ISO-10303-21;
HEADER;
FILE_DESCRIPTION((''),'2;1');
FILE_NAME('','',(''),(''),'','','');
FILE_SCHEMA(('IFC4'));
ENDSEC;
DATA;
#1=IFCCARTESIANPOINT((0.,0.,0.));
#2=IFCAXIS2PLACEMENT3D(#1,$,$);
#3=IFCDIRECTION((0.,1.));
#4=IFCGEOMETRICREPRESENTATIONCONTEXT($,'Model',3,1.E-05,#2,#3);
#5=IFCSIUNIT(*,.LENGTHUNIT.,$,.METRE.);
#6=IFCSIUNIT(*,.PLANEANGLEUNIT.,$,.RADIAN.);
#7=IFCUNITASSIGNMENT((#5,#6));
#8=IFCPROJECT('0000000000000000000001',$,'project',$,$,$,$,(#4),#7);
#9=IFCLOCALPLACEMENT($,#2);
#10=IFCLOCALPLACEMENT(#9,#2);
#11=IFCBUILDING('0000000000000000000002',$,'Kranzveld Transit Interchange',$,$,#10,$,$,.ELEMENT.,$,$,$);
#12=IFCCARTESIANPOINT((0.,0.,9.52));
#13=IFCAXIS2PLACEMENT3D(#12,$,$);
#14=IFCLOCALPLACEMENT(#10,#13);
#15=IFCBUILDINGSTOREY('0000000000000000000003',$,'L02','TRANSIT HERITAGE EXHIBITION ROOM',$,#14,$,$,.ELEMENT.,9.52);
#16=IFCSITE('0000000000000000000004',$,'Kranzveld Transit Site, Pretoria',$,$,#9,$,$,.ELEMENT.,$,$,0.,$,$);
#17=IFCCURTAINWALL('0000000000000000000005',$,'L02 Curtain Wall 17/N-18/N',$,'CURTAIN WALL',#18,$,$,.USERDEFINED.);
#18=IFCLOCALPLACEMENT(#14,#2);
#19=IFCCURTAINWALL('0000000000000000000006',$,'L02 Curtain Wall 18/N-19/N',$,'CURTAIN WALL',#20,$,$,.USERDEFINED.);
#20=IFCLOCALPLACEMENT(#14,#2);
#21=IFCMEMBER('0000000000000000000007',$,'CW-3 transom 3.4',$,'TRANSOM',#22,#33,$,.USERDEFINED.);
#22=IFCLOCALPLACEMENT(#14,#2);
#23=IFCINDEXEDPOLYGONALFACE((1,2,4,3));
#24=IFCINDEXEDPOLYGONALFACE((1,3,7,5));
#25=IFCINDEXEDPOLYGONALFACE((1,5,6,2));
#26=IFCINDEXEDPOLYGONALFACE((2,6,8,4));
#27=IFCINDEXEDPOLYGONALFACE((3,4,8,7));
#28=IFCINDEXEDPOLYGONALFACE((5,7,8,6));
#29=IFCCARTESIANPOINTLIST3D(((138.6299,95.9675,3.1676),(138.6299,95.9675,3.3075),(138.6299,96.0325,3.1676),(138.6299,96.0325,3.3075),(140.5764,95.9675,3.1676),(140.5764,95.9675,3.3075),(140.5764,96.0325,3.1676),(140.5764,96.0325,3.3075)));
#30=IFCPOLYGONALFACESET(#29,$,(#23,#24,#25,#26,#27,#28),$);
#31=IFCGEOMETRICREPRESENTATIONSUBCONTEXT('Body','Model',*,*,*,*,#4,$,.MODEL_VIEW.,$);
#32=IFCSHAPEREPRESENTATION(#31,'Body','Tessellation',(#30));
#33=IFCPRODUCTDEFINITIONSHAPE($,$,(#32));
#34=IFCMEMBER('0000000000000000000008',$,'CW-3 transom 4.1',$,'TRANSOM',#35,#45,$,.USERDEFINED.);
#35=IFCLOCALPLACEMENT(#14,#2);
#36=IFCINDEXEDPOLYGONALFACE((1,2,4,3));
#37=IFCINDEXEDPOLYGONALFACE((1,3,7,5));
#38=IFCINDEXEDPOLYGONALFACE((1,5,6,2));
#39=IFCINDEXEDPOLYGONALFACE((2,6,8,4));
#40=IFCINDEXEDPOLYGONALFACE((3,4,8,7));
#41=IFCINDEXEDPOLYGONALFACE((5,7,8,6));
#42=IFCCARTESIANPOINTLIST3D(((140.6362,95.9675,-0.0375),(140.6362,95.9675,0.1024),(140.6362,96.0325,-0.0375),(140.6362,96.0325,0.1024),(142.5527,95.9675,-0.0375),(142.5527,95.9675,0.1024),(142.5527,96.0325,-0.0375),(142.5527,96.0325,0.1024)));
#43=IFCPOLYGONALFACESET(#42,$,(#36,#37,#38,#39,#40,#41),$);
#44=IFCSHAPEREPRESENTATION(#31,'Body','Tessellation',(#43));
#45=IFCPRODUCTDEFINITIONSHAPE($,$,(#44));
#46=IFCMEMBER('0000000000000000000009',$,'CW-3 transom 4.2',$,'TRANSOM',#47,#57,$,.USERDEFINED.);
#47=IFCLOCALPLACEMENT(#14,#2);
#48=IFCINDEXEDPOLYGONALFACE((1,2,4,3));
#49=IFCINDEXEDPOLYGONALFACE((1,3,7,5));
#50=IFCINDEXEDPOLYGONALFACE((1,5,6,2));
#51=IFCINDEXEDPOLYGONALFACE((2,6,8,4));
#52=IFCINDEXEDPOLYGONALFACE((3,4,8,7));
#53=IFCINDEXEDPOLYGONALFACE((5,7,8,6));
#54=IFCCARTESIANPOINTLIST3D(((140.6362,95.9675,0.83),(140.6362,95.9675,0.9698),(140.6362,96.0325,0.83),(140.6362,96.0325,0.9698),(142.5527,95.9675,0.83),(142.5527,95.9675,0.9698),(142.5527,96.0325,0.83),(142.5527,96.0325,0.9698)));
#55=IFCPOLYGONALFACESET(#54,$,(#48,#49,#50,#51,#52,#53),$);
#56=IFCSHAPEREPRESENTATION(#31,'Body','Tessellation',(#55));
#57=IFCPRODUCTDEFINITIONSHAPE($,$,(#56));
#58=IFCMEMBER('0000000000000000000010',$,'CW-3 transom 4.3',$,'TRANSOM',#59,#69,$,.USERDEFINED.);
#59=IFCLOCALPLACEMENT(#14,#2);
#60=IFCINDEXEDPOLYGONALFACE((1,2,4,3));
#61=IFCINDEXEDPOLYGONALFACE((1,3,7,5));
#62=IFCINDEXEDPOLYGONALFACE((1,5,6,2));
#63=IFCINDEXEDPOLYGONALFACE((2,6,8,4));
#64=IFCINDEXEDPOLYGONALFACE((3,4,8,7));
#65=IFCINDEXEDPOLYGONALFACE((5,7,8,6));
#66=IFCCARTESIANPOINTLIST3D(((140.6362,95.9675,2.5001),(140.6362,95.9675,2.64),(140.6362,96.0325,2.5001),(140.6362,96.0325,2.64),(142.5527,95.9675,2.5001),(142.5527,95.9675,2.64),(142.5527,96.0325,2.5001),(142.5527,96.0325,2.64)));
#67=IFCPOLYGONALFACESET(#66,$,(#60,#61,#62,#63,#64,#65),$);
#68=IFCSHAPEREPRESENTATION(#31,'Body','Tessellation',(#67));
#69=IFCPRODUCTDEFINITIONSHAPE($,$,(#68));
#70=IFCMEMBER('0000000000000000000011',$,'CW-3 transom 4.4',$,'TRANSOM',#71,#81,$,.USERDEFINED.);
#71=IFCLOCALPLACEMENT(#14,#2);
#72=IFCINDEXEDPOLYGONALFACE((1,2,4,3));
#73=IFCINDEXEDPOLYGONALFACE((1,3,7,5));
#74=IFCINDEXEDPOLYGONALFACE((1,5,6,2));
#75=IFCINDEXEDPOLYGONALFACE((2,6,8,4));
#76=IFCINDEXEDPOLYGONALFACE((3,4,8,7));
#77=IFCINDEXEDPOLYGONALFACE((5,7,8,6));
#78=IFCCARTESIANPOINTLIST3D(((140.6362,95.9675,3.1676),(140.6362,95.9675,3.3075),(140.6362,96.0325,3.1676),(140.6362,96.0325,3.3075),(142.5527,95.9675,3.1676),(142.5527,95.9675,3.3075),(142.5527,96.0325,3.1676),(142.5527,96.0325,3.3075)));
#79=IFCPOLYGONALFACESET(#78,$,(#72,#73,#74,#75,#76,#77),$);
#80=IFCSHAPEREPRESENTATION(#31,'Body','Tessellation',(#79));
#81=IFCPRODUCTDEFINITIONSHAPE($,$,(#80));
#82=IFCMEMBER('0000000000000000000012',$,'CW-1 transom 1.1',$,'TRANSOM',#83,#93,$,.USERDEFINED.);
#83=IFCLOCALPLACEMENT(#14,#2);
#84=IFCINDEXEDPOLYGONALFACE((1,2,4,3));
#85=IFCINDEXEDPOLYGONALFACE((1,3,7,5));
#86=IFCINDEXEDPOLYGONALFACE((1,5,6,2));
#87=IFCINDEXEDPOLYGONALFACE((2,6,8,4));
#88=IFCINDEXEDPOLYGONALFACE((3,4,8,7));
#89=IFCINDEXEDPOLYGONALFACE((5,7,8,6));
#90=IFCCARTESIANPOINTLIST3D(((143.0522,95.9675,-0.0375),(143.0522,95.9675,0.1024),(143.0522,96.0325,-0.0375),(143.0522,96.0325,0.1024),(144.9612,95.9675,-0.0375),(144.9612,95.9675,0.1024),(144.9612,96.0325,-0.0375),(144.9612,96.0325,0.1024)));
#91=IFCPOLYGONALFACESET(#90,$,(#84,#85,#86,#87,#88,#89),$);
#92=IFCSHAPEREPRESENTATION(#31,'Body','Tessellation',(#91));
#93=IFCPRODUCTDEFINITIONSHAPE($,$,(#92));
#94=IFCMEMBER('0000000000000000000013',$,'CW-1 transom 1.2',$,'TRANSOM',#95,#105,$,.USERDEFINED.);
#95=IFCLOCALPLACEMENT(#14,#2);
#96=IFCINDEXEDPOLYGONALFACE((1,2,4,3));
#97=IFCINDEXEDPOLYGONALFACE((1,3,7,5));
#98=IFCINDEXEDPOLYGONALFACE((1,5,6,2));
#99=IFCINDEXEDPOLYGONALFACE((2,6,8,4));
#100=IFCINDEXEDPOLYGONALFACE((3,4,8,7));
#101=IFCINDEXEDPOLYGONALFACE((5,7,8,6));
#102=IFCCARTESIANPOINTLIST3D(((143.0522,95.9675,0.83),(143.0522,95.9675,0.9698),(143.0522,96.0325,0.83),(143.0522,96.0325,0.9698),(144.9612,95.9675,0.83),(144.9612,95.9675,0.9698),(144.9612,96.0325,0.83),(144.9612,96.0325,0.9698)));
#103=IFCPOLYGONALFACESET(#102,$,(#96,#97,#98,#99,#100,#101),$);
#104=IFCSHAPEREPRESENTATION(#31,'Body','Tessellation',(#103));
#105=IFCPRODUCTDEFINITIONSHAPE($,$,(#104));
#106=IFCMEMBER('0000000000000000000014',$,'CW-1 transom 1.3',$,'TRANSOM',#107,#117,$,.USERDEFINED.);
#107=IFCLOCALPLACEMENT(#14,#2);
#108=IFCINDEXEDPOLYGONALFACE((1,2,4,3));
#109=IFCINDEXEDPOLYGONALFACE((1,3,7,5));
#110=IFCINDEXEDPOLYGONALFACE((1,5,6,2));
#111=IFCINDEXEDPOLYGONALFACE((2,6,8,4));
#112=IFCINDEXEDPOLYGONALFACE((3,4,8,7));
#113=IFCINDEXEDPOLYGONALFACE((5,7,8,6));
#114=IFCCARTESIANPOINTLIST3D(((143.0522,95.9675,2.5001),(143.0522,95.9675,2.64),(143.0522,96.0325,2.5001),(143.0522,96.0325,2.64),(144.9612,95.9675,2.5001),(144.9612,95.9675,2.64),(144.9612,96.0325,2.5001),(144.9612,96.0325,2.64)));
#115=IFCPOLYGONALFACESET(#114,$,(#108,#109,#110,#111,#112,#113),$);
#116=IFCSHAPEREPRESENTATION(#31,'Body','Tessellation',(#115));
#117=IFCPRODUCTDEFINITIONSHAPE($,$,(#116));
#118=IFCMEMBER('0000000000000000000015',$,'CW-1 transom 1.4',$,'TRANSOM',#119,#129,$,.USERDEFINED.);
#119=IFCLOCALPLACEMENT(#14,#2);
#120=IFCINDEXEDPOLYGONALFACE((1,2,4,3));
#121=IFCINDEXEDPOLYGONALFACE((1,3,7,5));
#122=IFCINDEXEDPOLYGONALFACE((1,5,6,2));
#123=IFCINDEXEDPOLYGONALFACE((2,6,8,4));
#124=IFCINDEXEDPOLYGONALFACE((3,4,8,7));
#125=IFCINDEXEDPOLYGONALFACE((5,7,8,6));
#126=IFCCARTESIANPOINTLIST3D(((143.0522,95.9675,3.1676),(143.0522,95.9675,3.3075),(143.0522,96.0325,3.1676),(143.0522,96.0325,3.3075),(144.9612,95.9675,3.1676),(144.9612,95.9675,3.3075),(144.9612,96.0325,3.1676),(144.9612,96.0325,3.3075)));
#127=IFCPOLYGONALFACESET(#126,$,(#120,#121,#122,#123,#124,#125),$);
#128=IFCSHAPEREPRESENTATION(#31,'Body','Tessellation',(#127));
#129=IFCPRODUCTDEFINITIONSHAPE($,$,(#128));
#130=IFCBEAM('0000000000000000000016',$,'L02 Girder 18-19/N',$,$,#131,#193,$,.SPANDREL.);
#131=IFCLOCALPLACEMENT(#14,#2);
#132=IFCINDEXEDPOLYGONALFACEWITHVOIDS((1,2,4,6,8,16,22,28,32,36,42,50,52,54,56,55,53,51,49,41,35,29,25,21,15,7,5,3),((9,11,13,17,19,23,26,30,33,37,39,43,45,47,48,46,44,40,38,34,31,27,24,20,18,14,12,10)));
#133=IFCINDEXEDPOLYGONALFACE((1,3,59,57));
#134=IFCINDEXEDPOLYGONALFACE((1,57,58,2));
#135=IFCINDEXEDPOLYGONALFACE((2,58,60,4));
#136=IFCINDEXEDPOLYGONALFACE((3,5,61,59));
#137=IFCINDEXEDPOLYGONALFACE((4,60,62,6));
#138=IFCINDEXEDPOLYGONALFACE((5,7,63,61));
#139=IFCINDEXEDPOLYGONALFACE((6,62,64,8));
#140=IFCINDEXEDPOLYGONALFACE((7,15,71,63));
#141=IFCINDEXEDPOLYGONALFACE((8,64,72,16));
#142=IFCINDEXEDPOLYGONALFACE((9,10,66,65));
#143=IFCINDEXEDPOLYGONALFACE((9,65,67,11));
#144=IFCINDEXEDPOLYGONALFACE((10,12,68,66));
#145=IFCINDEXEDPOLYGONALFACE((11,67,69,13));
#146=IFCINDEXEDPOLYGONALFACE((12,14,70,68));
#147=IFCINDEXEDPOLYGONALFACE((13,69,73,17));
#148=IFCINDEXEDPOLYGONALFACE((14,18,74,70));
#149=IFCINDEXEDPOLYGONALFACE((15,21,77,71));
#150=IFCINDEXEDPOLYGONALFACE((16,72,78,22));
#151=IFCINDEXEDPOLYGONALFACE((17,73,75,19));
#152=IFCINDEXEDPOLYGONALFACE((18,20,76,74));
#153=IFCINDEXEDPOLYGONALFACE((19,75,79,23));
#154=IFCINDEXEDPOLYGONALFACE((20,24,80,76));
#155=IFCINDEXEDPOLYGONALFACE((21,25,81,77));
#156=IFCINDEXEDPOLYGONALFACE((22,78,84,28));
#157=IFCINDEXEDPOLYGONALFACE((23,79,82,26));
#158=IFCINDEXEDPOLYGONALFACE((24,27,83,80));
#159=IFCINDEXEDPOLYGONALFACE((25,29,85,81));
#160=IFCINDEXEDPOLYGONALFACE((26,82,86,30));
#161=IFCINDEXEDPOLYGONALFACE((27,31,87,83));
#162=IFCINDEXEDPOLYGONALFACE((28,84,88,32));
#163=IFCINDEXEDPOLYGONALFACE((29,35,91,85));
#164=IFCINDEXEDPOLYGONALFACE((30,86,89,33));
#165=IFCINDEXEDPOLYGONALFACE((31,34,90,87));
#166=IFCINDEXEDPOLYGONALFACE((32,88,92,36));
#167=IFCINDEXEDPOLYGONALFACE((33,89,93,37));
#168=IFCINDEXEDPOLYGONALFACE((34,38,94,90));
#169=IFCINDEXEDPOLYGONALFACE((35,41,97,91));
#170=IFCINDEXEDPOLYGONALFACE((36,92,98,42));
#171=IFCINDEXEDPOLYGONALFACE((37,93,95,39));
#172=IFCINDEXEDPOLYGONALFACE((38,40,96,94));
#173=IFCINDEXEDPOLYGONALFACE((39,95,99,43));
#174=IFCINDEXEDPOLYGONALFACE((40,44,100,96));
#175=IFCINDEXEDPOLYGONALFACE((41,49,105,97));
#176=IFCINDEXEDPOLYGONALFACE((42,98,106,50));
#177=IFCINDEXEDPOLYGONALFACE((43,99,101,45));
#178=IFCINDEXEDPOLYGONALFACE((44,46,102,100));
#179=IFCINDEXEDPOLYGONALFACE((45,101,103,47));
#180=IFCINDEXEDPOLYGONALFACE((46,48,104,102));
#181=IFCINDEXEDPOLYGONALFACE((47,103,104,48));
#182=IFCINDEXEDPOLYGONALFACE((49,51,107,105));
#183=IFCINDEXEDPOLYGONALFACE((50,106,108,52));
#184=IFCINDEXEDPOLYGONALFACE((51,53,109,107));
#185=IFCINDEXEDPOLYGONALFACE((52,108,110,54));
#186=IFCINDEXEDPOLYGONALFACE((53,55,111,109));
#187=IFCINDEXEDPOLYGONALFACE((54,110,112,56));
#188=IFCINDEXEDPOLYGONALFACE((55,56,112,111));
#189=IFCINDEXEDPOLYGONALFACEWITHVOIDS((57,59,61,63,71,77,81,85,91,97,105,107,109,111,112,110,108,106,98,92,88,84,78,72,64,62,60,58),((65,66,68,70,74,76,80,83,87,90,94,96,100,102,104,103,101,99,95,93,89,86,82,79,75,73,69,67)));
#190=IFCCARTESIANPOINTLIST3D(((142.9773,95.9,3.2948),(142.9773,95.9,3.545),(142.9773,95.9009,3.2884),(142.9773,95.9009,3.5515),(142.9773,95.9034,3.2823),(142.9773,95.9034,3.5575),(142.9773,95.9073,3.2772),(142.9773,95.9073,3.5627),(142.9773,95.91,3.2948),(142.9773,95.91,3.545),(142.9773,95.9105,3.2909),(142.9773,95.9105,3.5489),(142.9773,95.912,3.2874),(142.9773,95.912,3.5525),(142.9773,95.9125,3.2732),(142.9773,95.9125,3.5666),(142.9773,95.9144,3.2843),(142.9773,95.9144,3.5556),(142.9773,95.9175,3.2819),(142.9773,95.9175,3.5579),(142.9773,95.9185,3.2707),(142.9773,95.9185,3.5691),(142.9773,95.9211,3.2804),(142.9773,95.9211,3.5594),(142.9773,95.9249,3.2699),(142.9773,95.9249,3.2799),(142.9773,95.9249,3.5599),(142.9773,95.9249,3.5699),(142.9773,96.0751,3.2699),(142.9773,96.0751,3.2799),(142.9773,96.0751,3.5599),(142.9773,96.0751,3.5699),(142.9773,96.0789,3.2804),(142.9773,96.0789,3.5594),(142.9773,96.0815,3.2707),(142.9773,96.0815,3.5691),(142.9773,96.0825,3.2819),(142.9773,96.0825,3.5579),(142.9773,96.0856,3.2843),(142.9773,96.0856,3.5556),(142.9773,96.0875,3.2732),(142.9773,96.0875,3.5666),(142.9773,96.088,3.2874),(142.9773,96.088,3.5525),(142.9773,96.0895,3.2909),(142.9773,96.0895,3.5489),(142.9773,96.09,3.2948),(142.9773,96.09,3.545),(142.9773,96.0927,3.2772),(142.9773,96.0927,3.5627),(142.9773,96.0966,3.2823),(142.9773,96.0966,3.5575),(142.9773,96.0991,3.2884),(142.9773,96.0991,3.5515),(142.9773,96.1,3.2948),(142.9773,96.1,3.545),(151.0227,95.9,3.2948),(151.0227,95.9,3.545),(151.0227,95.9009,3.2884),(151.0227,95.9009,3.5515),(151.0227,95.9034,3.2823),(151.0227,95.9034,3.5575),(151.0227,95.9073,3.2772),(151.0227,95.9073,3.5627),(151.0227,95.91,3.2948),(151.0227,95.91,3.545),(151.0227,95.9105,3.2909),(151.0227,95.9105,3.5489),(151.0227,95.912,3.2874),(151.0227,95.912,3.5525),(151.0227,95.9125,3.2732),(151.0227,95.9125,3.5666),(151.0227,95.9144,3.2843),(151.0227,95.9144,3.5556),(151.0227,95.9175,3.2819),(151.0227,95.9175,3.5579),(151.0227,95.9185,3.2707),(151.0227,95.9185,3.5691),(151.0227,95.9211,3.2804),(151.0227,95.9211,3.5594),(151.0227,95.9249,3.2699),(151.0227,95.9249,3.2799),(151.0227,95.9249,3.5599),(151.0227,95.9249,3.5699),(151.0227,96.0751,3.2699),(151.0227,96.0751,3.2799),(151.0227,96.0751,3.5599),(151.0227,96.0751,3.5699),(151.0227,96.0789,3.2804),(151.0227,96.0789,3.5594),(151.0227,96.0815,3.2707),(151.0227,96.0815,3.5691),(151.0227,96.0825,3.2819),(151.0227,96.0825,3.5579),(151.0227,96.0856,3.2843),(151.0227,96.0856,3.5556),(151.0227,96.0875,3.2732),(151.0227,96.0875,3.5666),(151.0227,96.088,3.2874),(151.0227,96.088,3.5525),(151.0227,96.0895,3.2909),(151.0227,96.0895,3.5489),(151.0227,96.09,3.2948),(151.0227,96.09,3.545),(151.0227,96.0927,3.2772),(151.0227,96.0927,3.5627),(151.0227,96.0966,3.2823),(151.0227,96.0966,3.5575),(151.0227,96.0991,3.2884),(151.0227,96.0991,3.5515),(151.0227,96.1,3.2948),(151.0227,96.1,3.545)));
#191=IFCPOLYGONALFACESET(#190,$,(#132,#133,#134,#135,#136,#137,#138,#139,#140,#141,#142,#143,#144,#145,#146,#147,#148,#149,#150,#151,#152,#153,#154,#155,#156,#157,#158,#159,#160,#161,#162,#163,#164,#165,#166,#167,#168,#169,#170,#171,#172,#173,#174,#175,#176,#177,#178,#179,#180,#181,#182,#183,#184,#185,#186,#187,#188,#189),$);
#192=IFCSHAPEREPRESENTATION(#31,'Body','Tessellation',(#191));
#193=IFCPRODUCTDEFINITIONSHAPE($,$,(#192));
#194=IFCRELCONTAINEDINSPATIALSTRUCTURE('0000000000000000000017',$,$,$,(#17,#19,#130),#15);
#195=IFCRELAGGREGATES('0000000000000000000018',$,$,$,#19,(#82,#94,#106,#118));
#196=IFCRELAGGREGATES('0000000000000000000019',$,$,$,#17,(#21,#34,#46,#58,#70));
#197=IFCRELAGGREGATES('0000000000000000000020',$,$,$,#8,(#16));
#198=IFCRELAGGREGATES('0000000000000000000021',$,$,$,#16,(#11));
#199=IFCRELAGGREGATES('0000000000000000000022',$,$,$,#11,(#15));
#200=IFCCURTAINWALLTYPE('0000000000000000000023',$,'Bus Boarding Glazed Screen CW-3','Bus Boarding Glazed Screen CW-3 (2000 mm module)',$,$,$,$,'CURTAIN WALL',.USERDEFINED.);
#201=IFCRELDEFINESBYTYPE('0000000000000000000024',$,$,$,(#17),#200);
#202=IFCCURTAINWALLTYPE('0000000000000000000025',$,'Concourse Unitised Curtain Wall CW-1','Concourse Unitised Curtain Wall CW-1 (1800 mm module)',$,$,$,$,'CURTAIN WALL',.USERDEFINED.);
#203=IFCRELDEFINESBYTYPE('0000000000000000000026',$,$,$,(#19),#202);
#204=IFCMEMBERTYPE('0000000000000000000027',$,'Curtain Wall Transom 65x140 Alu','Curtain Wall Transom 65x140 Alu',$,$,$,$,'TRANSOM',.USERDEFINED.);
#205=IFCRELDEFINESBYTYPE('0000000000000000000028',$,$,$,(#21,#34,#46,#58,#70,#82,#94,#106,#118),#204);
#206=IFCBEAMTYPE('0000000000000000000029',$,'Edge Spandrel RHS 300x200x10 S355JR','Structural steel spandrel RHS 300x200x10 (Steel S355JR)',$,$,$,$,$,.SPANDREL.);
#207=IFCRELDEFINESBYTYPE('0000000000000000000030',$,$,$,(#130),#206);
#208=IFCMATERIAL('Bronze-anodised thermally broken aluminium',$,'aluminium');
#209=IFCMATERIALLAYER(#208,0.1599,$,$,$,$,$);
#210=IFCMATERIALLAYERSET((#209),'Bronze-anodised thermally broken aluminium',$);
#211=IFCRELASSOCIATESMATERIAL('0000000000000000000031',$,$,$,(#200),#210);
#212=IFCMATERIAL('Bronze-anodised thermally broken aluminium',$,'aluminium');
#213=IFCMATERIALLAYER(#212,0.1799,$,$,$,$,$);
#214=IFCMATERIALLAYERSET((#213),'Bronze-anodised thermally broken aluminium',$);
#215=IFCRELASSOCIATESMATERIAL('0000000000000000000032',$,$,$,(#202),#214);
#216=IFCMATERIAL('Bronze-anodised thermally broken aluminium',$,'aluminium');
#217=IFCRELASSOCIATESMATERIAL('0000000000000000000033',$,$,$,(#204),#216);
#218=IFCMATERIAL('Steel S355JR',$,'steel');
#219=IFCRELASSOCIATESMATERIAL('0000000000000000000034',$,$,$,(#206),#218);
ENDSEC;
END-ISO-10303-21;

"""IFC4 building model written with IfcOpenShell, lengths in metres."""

from ifc_helpers import new_model, si_unit, direction, frame, origin, origin_2d, place, context, subcontext, project, spatial, rectangle, hollow_rectangle, extrude, material, layer, layer_set, material_profile, profile_set, type_object, element, aggregate, save


model = new_model("IFC4")

# Units and contexts
model_context = context("Model", 3, precision=1e-05, world=origin(), true_north=direction((0.0, 1.0)))
body_context = subcontext(model_context, "Body", "Model", "MODEL_VIEW")
ifc_project = project(units=[si_unit("LENGTHUNIT", "METRE"), si_unit("PLANEANGLEUNIT", "RADIAN")], contexts=[model_context])

# Site, building, storey
site_placement = place(None, origin())
site = spatial("IfcSite", under=ifc_project, at=site_placement, Name="Kranzveld Transit Site, Pretoria", CompositionType="ELEMENT", RefElevation=0.0)
building_placement = place(site_placement, origin())
building = spatial("IfcBuilding", under=site, at=building_placement, Name="Kranzveld Transit Interchange", CompositionType="ELEMENT")
storey_placement = place(building_placement, frame((0.0, 0.0, 9.52)))
storey = spatial("IfcBuildingStorey", under=building, at=storey_placement, Name="L02", Description="TRANSIT HERITAGE EXHIBITION ROOM", CompositionType="ELEMENT", Elevation=9.52)

# Curtain wall
ifc_material_1 = material(Name="Bronze-anodised thermally broken aluminium", Category="aluminium")
ifc_layer_1 = layer(ifc_material_1, 0.1599)
ifc_layer_set_1 = layer_set([ifc_layer_1], Name="Bronze-anodised thermally broken aluminium")
curtain_wall_type_1 = type_object("IfcCurtainWallType", Name="Bus Boarding Glazed Screen CW-3", Description="Bus Boarding Glazed Screen CW-3 (2000 mm module)", ElementType="CURTAIN WALL", PredefinedType="USERDEFINED", material=ifc_layer_set_1)
curtain_wall_1_placement = place(storey_placement, origin())
curtain_wall_1 = element("IfcCurtainWall", 1, at=curtain_wall_1_placement, inside=storey, type_object=curtain_wall_type_1, Name="L02 Curtain Wall 17/N-18/N", ObjectType="CURTAIN WALL", PredefinedType="USERDEFINED")

# Curtain wall
ifc_material_2 = material(Name="Bronze-anodised thermally broken aluminium", Category="aluminium")
ifc_layer_2 = layer(ifc_material_2, 0.1799)
ifc_layer_set_2 = layer_set([ifc_layer_2], Name="Bronze-anodised thermally broken aluminium")
curtain_wall_type_2 = type_object("IfcCurtainWallType", Name="Concourse Unitised Curtain Wall CW-1", Description="Concourse Unitised Curtain Wall CW-1 (1800 mm module)", ElementType="CURTAIN WALL", PredefinedType="USERDEFINED", material=ifc_layer_set_2)
curtain_wall_2_placement = place(storey_placement, origin())
curtain_wall_2 = element("IfcCurtainWall", 2, at=curtain_wall_2_placement, inside=storey, type_object=curtain_wall_type_2, Name="L02 Curtain Wall 18/N-19/N", ObjectType="CURTAIN WALL", PredefinedType="USERDEFINED")

# Members
ifc_material_3 = material(Name="Bronze-anodised thermally broken aluminium", Category="aluminium")
ifc_material_profile_1 = material_profile(ifc_material_3, rectangle(XDim=0.0649, YDim=0.1399, at=origin_2d()), Name="ALU TRANSOM 65x140")
ifc_profile_set_1 = profile_set([ifc_material_profile_1], Name="Bronze-anodised thermally broken aluminium")
member_type_1 = type_object("IfcMemberType", Name="Curtain Wall Transom 65x140 Alu", Description="Curtain Wall Transom 65x140 Alu", ElementType="TRANSOM", PredefinedType="USERDEFINED", material=ifc_profile_set_1)
member_1_placement = place(storey_placement, frame((138.6299, 96.0, 3.2375), z_axis=(1.0, 0.0, 0.0), x_axis=(0.0, 1.0, 0.0)))
member_1 = element("IfcMember", 3, at=member_1_placement, type_object=member_type_1, Name="CW-3 transom 3.4", ObjectType="TRANSOM", PredefinedType="USERDEFINED", context=body_context, shape_type="SweptSolid", body=[
    extrude(rectangle(XDim=0.0649, YDim=0.1399, at=origin_2d()), origin(), (0.0, 0.0, 1.0), 1.9465),
])
member_2_placement = place(storey_placement, frame((140.6362, 96.0, 0.0325), z_axis=(1.0, 0.0, 0.0), x_axis=(0.0, 1.0, 0.0)))
member_2 = element("IfcMember", 4, at=member_2_placement, type_object=member_type_1, Name="CW-3 transom 4.1", ObjectType="TRANSOM", PredefinedType="USERDEFINED", context=body_context, shape_type="SweptSolid", body=[
    extrude(rectangle(XDim=0.0649, YDim=0.1399, at=origin_2d()), origin(), (0.0, 0.0, 1.0), 1.9165),
])
member_3_placement = place(storey_placement, frame((140.6362, 96.0, 0.8999), z_axis=(1.0, 0.0, 0.0), x_axis=(0.0, 1.0, 0.0)))
member_3 = element("IfcMember", 5, at=member_3_placement, type_object=member_type_1, Name="CW-3 transom 4.2", ObjectType="TRANSOM", PredefinedType="USERDEFINED", context=body_context, shape_type="SweptSolid", body=[
    extrude(rectangle(XDim=0.0649, YDim=0.1399, at=origin_2d()), origin(), (0.0, 0.0, 1.0), 1.9165),
])
member_4_placement = place(storey_placement, frame((140.6362, 96.0, 2.5701), z_axis=(1.0, 0.0, 0.0), x_axis=(0.0, 1.0, 0.0)))
member_4 = element("IfcMember", 6, at=member_4_placement, type_object=member_type_1, Name="CW-3 transom 4.3", ObjectType="TRANSOM", PredefinedType="USERDEFINED", context=body_context, shape_type="SweptSolid", body=[
    extrude(rectangle(XDim=0.0649, YDim=0.1399, at=origin_2d()), origin(), (0.0, 0.0, 1.0), 1.9165),
])
member_5_placement = place(storey_placement, frame((140.6362, 96.0, 3.2375), z_axis=(1.0, 0.0, 0.0), x_axis=(0.0, 1.0, 0.0)))
member_5 = element("IfcMember", 7, at=member_5_placement, type_object=member_type_1, Name="CW-3 transom 4.4", ObjectType="TRANSOM", PredefinedType="USERDEFINED", context=body_context, shape_type="SweptSolid", body=[
    extrude(rectangle(XDim=0.0649, YDim=0.1399, at=origin_2d()), origin(), (0.0, 0.0, 1.0), 1.9165),
])
member_6_placement = place(storey_placement, frame((143.0522, 96.0, 0.0325), z_axis=(1.0, 0.0, 0.0), x_axis=(0.0, 1.0, 0.0)))
member_6 = element("IfcMember", 8, at=member_6_placement, type_object=member_type_1, Name="CW-1 transom 1.1", ObjectType="TRANSOM", PredefinedType="USERDEFINED", context=body_context, shape_type="SweptSolid", body=[
    extrude(rectangle(XDim=0.0649, YDim=0.1399, at=origin_2d()), origin(), (0.0, 0.0, 1.0), 1.9089),
])
member_7_placement = place(storey_placement, frame((143.0522, 96.0, 0.8999), z_axis=(1.0, 0.0, 0.0), x_axis=(0.0, 1.0, 0.0)))
member_7 = element("IfcMember", 9, at=member_7_placement, type_object=member_type_1, Name="CW-1 transom 1.2", ObjectType="TRANSOM", PredefinedType="USERDEFINED", context=body_context, shape_type="SweptSolid", body=[
    extrude(rectangle(XDim=0.0649, YDim=0.1399, at=origin_2d()), origin(), (0.0, 0.0, 1.0), 1.9089),
])
member_8_placement = place(storey_placement, frame((143.0522, 96.0, 2.5701), z_axis=(1.0, 0.0, 0.0), x_axis=(0.0, 1.0, 0.0)))
member_8 = element("IfcMember", 10, at=member_8_placement, type_object=member_type_1, Name="CW-1 transom 1.3", ObjectType="TRANSOM", PredefinedType="USERDEFINED", context=body_context, shape_type="SweptSolid", body=[
    extrude(rectangle(XDim=0.0649, YDim=0.1399, at=origin_2d()), origin(), (0.0, 0.0, 1.0), 1.9089),
])
member_9_placement = place(storey_placement, frame((143.0522, 96.0, 3.2375), z_axis=(1.0, 0.0, 0.0), x_axis=(0.0, 1.0, 0.0)))
member_9 = element("IfcMember", 11, at=member_9_placement, type_object=member_type_1, Name="CW-1 transom 1.4", ObjectType="TRANSOM", PredefinedType="USERDEFINED", context=body_context, shape_type="SweptSolid", body=[
    extrude(rectangle(XDim=0.0649, YDim=0.1399, at=origin_2d()), origin(), (0.0, 0.0, 1.0), 1.9089),
])

# Beam
ifc_material_4 = material(Name="Steel S355JR", Category="steel")
ifc_material_profile_2 = material_profile(ifc_material_4, hollow_rectangle(XDim=0.2, YDim=0.3, WallThickness=0.01, InnerFilletRadius=0.0149, OuterFilletRadius=0.0249, at=origin_2d()), Name="RHS 300x200x10")
ifc_profile_set_2 = profile_set([ifc_material_profile_2], Name="Steel S355JR")
beam_type = type_object("IfcBeamType", Name="Edge Spandrel RHS 300x200x10 S355JR", Description="Structural steel spandrel RHS 300x200x10 (Steel S355JR)", PredefinedType="SPANDREL", material=ifc_profile_set_2)
beam_placement = place(storey_placement, frame((142.9773, 96.0, 3.4199), z_axis=(1.0, 0.0, 0.0), x_axis=(0.0, 1.0, 0.0)))
element("IfcBeam", 12, at=beam_placement, inside=storey, type_object=beam_type, Name="L02 Girder 18-19/N", PredefinedType="SPANDREL", context=body_context, shape_type="SweptSolid", body=[
    extrude(hollow_rectangle(XDim=0.2, YDim=0.3, WallThickness=0.01, InnerFilletRadius=0.0149, OuterFilletRadius=0.0249, at=origin_2d()), origin(), (0.0, 0.0, 1.0), 8.0454),
])

aggregate(curtain_wall_2, [member_6, member_7, member_8, member_9])
aggregate(curtain_wall_1, [member_1, member_2, member_3, member_4, member_5])

save(model, "model.ifc")
